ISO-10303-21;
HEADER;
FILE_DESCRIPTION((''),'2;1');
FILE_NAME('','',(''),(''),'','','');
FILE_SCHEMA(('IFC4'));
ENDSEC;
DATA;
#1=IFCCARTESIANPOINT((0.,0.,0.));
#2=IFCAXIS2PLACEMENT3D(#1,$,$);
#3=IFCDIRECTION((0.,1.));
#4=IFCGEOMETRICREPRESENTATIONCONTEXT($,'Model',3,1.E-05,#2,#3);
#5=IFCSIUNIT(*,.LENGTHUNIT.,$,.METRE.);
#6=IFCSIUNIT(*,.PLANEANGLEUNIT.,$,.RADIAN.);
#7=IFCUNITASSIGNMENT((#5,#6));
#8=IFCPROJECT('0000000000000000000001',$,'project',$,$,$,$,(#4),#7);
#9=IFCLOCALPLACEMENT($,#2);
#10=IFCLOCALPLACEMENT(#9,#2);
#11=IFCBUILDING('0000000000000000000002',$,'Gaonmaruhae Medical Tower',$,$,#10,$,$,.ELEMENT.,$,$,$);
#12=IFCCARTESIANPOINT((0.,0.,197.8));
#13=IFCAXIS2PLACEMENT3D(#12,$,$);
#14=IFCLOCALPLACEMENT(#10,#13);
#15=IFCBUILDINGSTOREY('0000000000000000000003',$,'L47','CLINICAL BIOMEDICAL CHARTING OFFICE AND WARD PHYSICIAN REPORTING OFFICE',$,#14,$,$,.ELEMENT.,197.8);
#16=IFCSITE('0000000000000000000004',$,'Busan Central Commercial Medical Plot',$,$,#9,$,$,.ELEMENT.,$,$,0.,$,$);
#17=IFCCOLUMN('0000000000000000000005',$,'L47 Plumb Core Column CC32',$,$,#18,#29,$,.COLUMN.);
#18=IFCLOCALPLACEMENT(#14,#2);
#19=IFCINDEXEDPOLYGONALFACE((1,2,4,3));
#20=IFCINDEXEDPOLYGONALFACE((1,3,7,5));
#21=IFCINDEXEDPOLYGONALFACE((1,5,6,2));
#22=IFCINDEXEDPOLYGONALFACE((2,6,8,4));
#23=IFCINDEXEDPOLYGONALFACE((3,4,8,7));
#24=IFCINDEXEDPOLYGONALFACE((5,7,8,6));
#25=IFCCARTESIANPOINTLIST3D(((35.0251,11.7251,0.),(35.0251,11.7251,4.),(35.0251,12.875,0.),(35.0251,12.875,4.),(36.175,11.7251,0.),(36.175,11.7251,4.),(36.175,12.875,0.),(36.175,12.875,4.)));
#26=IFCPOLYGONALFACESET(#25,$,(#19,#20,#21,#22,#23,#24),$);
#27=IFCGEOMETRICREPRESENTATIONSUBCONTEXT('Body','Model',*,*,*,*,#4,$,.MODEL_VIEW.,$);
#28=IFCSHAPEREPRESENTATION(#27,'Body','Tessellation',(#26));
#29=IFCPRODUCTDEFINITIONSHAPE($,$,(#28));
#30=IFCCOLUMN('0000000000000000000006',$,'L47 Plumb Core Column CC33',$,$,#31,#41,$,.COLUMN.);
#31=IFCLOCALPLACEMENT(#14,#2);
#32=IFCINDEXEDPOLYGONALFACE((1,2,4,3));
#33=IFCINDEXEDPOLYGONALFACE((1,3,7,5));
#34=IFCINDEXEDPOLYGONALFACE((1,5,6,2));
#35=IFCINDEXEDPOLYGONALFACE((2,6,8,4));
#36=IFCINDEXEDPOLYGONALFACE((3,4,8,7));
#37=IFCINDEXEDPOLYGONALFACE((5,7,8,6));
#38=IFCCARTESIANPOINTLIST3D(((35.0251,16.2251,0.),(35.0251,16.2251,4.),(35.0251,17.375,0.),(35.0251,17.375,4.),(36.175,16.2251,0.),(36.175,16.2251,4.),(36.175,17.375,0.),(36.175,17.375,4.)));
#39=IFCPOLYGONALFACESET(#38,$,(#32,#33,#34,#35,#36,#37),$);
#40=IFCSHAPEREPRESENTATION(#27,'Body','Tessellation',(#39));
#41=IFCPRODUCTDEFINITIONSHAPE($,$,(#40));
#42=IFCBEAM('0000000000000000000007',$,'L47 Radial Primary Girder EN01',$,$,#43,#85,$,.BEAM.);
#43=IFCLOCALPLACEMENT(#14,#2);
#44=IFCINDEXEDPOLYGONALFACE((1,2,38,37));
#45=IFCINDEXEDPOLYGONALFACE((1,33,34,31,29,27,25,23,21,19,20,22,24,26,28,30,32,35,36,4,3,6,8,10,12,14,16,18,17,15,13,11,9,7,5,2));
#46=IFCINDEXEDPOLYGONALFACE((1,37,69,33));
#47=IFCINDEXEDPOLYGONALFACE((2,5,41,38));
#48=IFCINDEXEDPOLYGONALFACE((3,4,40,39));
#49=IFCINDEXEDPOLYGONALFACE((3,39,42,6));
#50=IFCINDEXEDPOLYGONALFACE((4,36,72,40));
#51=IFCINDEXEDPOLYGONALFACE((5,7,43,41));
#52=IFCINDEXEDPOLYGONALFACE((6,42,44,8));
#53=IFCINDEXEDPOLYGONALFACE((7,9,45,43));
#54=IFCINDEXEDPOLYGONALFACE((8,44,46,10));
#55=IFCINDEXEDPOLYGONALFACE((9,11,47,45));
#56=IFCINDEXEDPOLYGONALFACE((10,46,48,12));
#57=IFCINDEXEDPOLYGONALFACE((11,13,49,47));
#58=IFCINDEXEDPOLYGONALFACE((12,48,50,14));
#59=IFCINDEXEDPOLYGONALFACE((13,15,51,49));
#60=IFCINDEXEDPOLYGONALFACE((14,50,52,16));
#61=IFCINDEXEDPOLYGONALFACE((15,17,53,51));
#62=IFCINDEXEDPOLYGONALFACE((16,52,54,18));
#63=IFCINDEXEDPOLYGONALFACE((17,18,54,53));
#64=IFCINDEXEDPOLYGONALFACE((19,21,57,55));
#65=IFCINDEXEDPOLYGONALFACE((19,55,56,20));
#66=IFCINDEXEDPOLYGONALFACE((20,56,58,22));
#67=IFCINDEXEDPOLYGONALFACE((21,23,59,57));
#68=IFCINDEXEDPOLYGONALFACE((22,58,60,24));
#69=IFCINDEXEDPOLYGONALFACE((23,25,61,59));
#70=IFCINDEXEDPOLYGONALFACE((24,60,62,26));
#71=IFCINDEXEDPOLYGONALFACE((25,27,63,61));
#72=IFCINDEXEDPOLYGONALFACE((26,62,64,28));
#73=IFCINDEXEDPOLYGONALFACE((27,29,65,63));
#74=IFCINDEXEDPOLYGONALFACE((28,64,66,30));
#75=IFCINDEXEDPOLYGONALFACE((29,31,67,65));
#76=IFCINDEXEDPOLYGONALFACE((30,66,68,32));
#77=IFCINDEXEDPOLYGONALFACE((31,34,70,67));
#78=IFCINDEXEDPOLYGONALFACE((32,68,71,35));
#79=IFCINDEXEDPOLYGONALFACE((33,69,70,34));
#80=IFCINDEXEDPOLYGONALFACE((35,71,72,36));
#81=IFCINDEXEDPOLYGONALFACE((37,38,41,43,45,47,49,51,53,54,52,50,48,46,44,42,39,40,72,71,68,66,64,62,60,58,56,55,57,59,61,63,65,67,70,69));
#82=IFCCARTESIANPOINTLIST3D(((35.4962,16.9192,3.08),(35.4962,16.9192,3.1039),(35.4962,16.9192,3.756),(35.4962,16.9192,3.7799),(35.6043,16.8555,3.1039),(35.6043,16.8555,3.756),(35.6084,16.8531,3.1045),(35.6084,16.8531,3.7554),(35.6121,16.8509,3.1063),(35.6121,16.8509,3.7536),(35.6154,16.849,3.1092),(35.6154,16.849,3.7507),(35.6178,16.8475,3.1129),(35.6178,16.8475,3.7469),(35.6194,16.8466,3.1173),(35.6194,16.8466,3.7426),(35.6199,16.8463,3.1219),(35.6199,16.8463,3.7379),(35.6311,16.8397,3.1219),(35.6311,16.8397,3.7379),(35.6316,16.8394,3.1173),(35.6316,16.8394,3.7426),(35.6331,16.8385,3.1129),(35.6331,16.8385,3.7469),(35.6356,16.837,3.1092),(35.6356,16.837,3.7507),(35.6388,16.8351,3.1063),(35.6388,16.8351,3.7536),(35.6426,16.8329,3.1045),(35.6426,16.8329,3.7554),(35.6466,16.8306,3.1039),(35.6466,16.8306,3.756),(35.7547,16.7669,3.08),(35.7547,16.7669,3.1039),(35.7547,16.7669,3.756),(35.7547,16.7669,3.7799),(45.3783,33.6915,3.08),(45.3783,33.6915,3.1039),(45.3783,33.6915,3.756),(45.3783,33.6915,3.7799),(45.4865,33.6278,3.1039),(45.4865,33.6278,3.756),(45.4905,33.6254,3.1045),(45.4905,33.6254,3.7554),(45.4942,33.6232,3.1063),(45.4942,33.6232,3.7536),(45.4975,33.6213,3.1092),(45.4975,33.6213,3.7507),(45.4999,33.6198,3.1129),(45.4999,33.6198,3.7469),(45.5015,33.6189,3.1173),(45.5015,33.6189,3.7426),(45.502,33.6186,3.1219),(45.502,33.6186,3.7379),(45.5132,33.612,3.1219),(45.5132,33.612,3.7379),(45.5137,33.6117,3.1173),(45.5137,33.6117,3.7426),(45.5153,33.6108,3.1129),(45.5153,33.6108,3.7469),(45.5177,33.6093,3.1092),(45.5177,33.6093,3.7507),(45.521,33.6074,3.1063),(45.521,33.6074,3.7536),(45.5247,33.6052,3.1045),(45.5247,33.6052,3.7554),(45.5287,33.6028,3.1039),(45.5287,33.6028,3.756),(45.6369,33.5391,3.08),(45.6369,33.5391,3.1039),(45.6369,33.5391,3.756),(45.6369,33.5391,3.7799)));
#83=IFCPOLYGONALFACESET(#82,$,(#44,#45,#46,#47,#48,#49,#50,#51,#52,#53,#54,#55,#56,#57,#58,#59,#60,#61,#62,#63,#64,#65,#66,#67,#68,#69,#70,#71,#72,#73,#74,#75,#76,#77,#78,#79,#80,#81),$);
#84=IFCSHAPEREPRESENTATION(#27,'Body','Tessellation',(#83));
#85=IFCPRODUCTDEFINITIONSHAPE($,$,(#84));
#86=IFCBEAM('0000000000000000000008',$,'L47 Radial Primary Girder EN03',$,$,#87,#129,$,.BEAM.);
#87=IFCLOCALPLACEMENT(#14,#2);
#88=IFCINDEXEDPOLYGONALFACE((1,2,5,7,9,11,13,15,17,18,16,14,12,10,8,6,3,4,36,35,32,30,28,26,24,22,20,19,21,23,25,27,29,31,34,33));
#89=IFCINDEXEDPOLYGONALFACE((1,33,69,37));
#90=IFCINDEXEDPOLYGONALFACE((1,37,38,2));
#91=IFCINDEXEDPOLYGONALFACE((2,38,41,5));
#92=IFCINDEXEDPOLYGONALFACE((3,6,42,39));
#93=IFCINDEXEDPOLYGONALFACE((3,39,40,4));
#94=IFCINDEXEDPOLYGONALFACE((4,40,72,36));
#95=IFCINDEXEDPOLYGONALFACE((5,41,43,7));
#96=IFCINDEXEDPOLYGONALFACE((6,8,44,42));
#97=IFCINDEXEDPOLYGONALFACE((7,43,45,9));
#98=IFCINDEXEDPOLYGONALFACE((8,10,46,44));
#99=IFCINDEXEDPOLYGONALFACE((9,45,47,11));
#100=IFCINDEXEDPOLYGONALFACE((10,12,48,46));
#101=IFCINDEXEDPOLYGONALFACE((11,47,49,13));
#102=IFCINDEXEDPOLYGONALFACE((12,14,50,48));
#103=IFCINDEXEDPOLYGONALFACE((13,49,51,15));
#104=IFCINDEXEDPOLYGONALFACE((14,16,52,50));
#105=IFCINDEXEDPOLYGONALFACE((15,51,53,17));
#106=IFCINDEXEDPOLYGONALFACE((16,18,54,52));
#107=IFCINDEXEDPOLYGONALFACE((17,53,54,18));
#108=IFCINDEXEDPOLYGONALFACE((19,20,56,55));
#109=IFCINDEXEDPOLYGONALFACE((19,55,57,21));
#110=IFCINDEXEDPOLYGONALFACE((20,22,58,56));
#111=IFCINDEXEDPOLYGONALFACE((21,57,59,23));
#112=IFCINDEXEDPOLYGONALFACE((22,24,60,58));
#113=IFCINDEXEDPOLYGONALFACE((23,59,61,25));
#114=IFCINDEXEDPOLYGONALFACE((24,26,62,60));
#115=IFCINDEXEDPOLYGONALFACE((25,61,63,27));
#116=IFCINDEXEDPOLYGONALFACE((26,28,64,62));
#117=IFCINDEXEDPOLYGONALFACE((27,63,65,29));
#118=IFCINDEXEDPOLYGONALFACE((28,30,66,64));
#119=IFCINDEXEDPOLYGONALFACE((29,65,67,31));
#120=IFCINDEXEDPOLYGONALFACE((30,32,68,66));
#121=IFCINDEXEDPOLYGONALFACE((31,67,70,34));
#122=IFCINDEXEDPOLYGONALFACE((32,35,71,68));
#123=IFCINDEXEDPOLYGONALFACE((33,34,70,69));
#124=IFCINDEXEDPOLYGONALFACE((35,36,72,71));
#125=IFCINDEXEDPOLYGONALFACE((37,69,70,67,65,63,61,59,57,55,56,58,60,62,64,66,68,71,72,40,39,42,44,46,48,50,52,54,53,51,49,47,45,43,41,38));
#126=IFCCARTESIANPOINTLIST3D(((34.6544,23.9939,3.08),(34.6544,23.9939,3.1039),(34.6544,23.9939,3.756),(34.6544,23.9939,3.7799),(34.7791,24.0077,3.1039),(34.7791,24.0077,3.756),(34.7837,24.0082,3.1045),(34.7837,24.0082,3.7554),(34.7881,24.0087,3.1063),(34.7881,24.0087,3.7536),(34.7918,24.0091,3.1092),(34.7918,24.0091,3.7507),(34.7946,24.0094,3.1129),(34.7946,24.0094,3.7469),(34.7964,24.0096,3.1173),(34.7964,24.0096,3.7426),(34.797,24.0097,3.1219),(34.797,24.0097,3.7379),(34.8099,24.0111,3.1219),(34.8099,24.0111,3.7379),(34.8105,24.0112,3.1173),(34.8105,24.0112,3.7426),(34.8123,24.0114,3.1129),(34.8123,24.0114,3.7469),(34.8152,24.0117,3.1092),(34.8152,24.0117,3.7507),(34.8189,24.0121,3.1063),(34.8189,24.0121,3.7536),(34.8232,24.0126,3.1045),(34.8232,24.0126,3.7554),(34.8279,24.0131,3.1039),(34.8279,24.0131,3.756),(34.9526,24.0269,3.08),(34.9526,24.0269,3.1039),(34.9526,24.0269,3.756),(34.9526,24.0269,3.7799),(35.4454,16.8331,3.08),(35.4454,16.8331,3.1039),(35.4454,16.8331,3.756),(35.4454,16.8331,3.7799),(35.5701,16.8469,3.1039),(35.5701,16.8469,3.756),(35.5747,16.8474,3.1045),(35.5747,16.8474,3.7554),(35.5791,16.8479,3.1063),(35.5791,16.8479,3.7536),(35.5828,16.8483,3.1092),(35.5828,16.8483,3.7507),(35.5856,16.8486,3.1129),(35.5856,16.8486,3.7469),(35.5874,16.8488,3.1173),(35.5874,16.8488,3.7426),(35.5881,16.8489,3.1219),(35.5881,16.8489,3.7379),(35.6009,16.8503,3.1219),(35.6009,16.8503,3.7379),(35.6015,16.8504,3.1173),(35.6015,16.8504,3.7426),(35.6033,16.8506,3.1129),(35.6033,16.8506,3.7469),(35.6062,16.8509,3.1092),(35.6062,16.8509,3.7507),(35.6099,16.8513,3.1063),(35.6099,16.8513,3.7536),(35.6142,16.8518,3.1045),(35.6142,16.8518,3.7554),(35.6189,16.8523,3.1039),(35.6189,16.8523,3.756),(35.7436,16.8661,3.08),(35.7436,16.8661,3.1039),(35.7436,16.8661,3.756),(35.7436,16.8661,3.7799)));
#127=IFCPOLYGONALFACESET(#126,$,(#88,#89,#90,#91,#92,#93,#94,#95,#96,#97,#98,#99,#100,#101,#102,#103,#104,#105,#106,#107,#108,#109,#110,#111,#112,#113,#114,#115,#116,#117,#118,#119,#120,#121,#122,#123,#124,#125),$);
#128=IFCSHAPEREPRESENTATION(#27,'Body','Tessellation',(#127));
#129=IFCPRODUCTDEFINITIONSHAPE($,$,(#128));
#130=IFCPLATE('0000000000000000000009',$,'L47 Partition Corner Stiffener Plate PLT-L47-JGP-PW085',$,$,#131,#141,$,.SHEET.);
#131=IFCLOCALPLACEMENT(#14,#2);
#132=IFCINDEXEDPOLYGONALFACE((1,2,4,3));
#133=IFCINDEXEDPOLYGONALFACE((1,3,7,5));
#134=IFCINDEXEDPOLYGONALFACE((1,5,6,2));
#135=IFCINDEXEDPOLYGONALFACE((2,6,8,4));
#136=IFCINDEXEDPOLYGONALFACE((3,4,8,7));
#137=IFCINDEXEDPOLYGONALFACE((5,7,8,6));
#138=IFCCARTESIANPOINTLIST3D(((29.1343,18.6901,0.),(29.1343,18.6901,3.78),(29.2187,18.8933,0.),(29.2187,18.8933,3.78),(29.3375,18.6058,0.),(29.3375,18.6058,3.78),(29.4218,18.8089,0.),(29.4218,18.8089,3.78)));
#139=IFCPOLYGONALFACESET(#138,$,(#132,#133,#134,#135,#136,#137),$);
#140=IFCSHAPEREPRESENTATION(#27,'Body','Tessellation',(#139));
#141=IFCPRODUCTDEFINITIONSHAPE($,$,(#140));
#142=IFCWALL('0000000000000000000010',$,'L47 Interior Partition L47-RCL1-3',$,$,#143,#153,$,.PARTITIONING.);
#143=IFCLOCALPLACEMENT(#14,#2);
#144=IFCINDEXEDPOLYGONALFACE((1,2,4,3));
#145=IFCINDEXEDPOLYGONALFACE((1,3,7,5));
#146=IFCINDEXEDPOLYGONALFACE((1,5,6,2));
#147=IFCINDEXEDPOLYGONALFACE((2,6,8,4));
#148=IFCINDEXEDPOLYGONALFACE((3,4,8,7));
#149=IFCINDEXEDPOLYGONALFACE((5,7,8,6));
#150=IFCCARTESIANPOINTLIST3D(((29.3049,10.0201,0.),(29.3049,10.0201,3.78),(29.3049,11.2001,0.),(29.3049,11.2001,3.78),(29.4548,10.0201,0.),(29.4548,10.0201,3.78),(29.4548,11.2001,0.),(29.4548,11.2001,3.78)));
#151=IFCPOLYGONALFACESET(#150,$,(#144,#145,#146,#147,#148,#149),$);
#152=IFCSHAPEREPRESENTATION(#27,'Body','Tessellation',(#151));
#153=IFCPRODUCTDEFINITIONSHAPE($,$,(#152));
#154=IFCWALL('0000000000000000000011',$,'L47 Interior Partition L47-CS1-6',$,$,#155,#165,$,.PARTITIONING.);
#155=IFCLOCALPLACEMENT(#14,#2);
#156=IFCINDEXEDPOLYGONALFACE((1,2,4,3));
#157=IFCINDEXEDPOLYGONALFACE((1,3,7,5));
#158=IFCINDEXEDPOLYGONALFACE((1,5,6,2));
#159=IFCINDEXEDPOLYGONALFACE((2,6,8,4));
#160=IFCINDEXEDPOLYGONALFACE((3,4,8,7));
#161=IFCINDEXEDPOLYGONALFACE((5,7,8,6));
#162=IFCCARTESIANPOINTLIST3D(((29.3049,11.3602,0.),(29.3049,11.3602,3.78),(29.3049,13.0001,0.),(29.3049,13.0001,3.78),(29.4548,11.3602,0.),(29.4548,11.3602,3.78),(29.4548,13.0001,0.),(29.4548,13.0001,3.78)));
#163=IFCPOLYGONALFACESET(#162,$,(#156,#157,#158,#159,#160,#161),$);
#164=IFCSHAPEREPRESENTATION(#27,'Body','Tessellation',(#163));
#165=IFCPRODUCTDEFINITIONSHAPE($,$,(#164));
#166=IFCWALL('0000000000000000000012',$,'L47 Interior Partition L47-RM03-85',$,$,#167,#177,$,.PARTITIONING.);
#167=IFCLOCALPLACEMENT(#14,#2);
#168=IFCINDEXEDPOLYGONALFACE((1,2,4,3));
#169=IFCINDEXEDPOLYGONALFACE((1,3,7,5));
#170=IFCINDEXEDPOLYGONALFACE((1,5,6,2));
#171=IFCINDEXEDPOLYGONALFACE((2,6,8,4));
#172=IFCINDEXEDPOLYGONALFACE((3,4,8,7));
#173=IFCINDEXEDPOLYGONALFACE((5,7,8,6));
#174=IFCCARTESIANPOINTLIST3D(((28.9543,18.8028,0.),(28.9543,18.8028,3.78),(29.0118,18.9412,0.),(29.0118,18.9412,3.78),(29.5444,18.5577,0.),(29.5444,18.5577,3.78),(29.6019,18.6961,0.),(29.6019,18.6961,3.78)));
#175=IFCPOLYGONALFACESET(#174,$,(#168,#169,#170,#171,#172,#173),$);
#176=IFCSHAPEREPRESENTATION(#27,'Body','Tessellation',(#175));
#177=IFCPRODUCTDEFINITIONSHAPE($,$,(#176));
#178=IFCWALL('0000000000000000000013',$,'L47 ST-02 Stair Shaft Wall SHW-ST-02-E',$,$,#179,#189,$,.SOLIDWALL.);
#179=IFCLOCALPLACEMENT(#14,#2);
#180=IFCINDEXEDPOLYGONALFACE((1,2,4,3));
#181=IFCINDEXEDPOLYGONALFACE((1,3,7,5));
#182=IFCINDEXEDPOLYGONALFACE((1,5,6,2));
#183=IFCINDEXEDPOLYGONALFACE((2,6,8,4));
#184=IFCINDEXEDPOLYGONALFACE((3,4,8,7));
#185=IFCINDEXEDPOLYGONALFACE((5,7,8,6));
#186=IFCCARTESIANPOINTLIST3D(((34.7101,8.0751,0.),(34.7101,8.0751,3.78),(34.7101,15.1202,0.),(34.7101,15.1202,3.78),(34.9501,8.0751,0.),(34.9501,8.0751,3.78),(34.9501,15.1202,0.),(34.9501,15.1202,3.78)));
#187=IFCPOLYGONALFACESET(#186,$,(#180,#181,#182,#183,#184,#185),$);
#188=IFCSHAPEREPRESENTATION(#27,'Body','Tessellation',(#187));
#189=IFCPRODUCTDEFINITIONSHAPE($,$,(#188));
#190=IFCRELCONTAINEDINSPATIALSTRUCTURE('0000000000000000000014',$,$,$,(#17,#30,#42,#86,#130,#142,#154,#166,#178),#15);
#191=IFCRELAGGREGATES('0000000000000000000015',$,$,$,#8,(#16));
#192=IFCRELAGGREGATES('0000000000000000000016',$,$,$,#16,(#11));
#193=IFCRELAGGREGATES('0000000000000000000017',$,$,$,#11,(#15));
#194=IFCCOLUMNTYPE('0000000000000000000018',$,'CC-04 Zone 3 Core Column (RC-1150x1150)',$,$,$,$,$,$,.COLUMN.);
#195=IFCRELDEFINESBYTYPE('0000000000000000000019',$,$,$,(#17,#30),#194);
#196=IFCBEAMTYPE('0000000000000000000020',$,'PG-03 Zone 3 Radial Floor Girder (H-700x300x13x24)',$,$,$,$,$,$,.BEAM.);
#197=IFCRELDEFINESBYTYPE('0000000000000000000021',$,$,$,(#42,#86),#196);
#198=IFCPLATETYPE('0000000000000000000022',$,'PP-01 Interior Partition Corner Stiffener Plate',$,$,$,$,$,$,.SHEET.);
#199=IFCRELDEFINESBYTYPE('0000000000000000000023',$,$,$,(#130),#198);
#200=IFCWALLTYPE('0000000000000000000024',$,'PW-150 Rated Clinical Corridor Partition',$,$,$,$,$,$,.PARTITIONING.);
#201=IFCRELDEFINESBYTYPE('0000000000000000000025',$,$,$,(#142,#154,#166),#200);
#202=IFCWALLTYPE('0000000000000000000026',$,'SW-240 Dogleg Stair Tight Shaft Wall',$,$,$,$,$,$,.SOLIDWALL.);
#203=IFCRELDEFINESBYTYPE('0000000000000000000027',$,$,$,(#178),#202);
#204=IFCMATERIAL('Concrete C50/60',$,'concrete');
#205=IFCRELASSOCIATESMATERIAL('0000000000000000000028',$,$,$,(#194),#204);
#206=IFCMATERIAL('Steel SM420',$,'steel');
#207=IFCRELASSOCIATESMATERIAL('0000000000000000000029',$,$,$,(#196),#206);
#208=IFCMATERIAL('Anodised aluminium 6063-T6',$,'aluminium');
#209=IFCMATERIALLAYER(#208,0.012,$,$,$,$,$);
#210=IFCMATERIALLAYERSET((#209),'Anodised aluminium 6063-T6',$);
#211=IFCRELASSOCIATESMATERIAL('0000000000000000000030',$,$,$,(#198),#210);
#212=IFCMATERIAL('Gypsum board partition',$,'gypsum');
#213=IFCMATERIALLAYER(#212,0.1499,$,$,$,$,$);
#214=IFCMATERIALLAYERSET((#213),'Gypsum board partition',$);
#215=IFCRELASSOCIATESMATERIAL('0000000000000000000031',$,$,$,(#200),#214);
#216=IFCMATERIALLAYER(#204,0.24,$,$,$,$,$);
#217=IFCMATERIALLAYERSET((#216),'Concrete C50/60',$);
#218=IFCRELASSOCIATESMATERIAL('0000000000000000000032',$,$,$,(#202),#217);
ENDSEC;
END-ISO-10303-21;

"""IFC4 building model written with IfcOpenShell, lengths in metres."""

from ifc_helpers import new_model, si_unit, direction, frame, frame_2d, origin, origin_2d, place, context, subcontext, project, spatial, rectangle, i_section, extrude, material, layer, layer_set, material_profile, profile_set, type_object, element, save


model = new_model("IFC4")

# Units and contexts
model_context = context("Model", 3, precision=1e-05, world=origin(), true_north=direction((0.0, 1.0)))
body_context = subcontext(model_context, "Body", "Model", "MODEL_VIEW")
ifc_project = project(units=[si_unit("LENGTHUNIT", "METRE"), si_unit("PLANEANGLEUNIT", "RADIAN")], contexts=[model_context])

# Site, building, storey
site_placement = place(None, origin())
site = spatial("IfcSite", under=ifc_project, at=site_placement, Name="Busan Central Commercial Medical Plot", CompositionType="ELEMENT", RefElevation=0.0)
building_placement = place(site_placement, origin())
building = spatial("IfcBuilding", under=site, at=building_placement, Name="Gaonmaruhae Medical Tower", CompositionType="ELEMENT")
storey_placement = place(building_placement, frame((0.0, 0.0, 197.8)))
storey = spatial("IfcBuildingStorey", under=building, at=storey_placement, Name="L47", Description="CLINICAL BIOMEDICAL CHARTING OFFICE AND WARD PHYSICIAN REPORTING OFFICE", CompositionType="ELEMENT", Elevation=197.8)

# Columns
ifc_material_1 = material(Name="Concrete C50/60", Category="concrete")
ifc_material_profile_1 = material_profile(ifc_material_1, rectangle(XDim=1.1499, YDim=1.1499, at=origin_2d()), Name="RC-1150x1150")
ifc_profile_set_1 = profile_set([ifc_material_profile_1], Name="Concrete C50/60")
column_type = type_object("IfcColumnType", Name="CC-04 Zone 3 Core Column (RC-1150x1150)", PredefinedType="COLUMN", material=ifc_profile_set_1)
for number, where, z_axis, x_axis, name in (
    (1, (35.6001, 12.3, 0.0), (0.0, 0.0, 1.0), (1.0, 0.0, 0.0), "L47 Plumb Core Column CC32"),
    (2, (35.6001, 16.8, 0.0), (0.0, 0.0, 1.0), (1.0, 0.0, 0.0), "L47 Plumb Core Column CC33"),
):
    element("IfcColumn", number, at=place(storey_placement, frame(where, z_axis=z_axis, x_axis=x_axis)), inside=storey, type_object=column_type, Name=name, PredefinedType="COLUMN", context=body_context, shape_type="SweptSolid", body=[
        extrude(rectangle(XDim=1.1499, YDim=1.1499, at=origin_2d()), origin(), (0.0, 0.0, 1.0), 4.0),
    ])

# Beams
ifc_material_2 = material(Name="Steel SM420", Category="steel")
ifc_material_profile_2 = material_profile(ifc_material_2, i_section(OverallWidth=0.3, OverallDepth=0.7, WebThickness=0.0129, FlangeThickness=0.0239, FilletRadius=0.0181, at=origin_2d()), Name="H-700x300x13x24")
ifc_profile_set_2 = profile_set([ifc_material_profile_2], Name="Steel SM420")
beam_type = type_object("IfcBeamType", Name="PG-03 Zone 3 Radial Floor Girder (H-700x300x13x24)", PredefinedType="BEAM", material=ifc_profile_set_2)
beam_1_placement = place(storey_placement, frame((35.6255, 16.843, 3.4299), z_axis=(0.507633, 0.861573, 0.0), x_axis=(-0.861573, 0.507633, 0.0)))
element("IfcBeam", 3, at=beam_1_placement, inside=storey, type_object=beam_type, Name="L47 Radial Primary Girder EN01", PredefinedType="BEAM", context=body_context, shape_type="SweptSolid", body=[
    extrude(i_section(OverallWidth=0.3, OverallDepth=0.7, WebThickness=0.0129, FlangeThickness=0.0239, FilletRadius=0.0181, at=origin_2d()), origin(), (0.0, 0.0, 1.0), 19.467),
])
beam_2_placement = place(storey_placement, frame((35.5945, 16.8496, 3.4299), z_axis=(-0.109795, 0.993954, 0.0), x_axis=(-0.993954, -0.109795, 0.0)))
element("IfcBeam", 4, at=beam_2_placement, inside=storey, type_object=beam_type, Name="L47 Radial Primary Girder EN03", PredefinedType="BEAM", context=body_context, shape_type="SweptSolid", body=[
    extrude(i_section(OverallWidth=0.3, OverallDepth=0.7, WebThickness=0.0129, FlangeThickness=0.0239, FilletRadius=0.0181, at=origin_2d()), origin(), (0.0, 0.0, 1.0), 7.2043),
])

# Plate
ifc_material_3 = material(Name="Anodised aluminium 6063-T6", Category="aluminium")
ifc_layer_1 = layer(ifc_material_3, 0.012)
ifc_layer_set_1 = layer_set([ifc_layer_1], Name="Anodised aluminium 6063-T6")
plate_type = type_object("IfcPlateType", Name="PP-01 Interior Partition Corner Stiffener Plate", PredefinedType="SHEET", material=ifc_layer_set_1)
plate_placement = place(storey_placement, frame((29.2781, 18.7495, 0.0), z_axis=(0.0, 0.0, 1.0), x_axis=(-0.923539, 0.383506, 0.0)))
element("IfcPlate", 5, at=plate_placement, inside=storey, type_object=plate_type, Name="L47 Partition Corner Stiffener Plate PLT-L47-JGP-PW085", PredefinedType="SHEET", context=body_context, shape_type="SweptSolid", body=[
    extrude(rectangle(XDim=0.22, YDim=0.22, at=origin_2d()), origin(), (0.0, 0.0, 1.0), 3.78),
])

# Walls
ifc_material_4 = material(Name="Gypsum board partition", Category="gypsum")
ifc_layer_2 = layer(ifc_material_4, 0.1499)
ifc_layer_set_2 = layer_set([ifc_layer_2], Name="Gypsum board partition")
wall_type_1 = type_object("IfcWallType", Name="PW-150 Rated Clinical Corridor Partition", PredefinedType="PARTITIONING", material=ifc_layer_set_2)
wall_1_placement = place(storey_placement, frame((29.3799, 11.2, 0.0), z_axis=(0.0, 0.0, 1.0), x_axis=(0.0, -1.0, 0.0)))
element("IfcWall", 6, at=wall_1_placement, inside=storey, type_object=wall_type_1, Name="L47 Interior Partition L47-RCL1-3", PredefinedType="PARTITIONING", context=body_context, shape_type="SweptSolid", body=[
    extrude(rectangle(XDim=1.1799, YDim=0.1499, at=frame_2d((0.5898, 0.0))), origin(), (0.0, 0.0, 1.0), 3.78),
])
wall_2_placement = place(storey_placement, frame((29.3799, 13.0, 0.0), z_axis=(0.0, 0.0, 1.0), x_axis=(0.0, -1.0, 0.0)))
element("IfcWall", 7, at=wall_2_placement, inside=storey, type_object=wall_type_1, Name="L47 Interior Partition L47-CS1-6", PredefinedType="PARTITIONING", context=body_context, shape_type="SweptSolid", body=[
    extrude(rectangle(XDim=1.6399, YDim=0.1499, at=frame_2d((0.8198, 0.0))), origin(), (0.0, 0.0, 1.0), 3.78),
])
wall_3_placement = place(storey_placement, frame((29.573, 18.627, 0.0), z_axis=(0.0, 0.0, 1.0), x_axis=(-0.923495, 0.383611, 0.0)))
element("IfcWall", 8, at=wall_3_placement, inside=storey, type_object=wall_type_1, Name="L47 Interior Partition L47-RM03-85", PredefinedType="PARTITIONING", context=body_context, shape_type="SweptSolid", body=[
    extrude(rectangle(XDim=0.6389, YDim=0.1499, at=frame_2d((0.3193, 0.0))), origin(), (0.0, 0.0, 1.0), 3.78),
])

# Shared definitions
ifc_layer_3 = layer(ifc_material_1, 0.24)
ifc_layer_set_3 = layer_set([ifc_layer_3], Name="Concrete C50/60")
wall_type_2 = type_object("IfcWallType", Name="SW-240 Dogleg Stair Tight Shaft Wall", PredefinedType="SOLIDWALL", material=ifc_layer_set_3)

# Wall
for number, where, z_axis, x_axis, name in (
    (9, (34.8301, 15.1201, 0.0), (0.0, 0.0, 1.0), (0.0, -1.0, 0.0), "L47 ST-02 Stair Shaft Wall SHW-ST-02-E"),
):
    element("IfcWall", number, at=place(storey_placement, frame(where, z_axis=z_axis, x_axis=x_axis)), inside=storey, type_object=wall_type_2, Name=name, PredefinedType="SOLIDWALL", context=body_context, shape_type="SweptSolid", body=[
        extrude(rectangle(XDim=7.0452, YDim=0.24, at=frame_2d((3.5225, 0.0))), origin(), (0.0, 0.0, 1.0), 3.78),
    ])

save(model, "model.ifc")
